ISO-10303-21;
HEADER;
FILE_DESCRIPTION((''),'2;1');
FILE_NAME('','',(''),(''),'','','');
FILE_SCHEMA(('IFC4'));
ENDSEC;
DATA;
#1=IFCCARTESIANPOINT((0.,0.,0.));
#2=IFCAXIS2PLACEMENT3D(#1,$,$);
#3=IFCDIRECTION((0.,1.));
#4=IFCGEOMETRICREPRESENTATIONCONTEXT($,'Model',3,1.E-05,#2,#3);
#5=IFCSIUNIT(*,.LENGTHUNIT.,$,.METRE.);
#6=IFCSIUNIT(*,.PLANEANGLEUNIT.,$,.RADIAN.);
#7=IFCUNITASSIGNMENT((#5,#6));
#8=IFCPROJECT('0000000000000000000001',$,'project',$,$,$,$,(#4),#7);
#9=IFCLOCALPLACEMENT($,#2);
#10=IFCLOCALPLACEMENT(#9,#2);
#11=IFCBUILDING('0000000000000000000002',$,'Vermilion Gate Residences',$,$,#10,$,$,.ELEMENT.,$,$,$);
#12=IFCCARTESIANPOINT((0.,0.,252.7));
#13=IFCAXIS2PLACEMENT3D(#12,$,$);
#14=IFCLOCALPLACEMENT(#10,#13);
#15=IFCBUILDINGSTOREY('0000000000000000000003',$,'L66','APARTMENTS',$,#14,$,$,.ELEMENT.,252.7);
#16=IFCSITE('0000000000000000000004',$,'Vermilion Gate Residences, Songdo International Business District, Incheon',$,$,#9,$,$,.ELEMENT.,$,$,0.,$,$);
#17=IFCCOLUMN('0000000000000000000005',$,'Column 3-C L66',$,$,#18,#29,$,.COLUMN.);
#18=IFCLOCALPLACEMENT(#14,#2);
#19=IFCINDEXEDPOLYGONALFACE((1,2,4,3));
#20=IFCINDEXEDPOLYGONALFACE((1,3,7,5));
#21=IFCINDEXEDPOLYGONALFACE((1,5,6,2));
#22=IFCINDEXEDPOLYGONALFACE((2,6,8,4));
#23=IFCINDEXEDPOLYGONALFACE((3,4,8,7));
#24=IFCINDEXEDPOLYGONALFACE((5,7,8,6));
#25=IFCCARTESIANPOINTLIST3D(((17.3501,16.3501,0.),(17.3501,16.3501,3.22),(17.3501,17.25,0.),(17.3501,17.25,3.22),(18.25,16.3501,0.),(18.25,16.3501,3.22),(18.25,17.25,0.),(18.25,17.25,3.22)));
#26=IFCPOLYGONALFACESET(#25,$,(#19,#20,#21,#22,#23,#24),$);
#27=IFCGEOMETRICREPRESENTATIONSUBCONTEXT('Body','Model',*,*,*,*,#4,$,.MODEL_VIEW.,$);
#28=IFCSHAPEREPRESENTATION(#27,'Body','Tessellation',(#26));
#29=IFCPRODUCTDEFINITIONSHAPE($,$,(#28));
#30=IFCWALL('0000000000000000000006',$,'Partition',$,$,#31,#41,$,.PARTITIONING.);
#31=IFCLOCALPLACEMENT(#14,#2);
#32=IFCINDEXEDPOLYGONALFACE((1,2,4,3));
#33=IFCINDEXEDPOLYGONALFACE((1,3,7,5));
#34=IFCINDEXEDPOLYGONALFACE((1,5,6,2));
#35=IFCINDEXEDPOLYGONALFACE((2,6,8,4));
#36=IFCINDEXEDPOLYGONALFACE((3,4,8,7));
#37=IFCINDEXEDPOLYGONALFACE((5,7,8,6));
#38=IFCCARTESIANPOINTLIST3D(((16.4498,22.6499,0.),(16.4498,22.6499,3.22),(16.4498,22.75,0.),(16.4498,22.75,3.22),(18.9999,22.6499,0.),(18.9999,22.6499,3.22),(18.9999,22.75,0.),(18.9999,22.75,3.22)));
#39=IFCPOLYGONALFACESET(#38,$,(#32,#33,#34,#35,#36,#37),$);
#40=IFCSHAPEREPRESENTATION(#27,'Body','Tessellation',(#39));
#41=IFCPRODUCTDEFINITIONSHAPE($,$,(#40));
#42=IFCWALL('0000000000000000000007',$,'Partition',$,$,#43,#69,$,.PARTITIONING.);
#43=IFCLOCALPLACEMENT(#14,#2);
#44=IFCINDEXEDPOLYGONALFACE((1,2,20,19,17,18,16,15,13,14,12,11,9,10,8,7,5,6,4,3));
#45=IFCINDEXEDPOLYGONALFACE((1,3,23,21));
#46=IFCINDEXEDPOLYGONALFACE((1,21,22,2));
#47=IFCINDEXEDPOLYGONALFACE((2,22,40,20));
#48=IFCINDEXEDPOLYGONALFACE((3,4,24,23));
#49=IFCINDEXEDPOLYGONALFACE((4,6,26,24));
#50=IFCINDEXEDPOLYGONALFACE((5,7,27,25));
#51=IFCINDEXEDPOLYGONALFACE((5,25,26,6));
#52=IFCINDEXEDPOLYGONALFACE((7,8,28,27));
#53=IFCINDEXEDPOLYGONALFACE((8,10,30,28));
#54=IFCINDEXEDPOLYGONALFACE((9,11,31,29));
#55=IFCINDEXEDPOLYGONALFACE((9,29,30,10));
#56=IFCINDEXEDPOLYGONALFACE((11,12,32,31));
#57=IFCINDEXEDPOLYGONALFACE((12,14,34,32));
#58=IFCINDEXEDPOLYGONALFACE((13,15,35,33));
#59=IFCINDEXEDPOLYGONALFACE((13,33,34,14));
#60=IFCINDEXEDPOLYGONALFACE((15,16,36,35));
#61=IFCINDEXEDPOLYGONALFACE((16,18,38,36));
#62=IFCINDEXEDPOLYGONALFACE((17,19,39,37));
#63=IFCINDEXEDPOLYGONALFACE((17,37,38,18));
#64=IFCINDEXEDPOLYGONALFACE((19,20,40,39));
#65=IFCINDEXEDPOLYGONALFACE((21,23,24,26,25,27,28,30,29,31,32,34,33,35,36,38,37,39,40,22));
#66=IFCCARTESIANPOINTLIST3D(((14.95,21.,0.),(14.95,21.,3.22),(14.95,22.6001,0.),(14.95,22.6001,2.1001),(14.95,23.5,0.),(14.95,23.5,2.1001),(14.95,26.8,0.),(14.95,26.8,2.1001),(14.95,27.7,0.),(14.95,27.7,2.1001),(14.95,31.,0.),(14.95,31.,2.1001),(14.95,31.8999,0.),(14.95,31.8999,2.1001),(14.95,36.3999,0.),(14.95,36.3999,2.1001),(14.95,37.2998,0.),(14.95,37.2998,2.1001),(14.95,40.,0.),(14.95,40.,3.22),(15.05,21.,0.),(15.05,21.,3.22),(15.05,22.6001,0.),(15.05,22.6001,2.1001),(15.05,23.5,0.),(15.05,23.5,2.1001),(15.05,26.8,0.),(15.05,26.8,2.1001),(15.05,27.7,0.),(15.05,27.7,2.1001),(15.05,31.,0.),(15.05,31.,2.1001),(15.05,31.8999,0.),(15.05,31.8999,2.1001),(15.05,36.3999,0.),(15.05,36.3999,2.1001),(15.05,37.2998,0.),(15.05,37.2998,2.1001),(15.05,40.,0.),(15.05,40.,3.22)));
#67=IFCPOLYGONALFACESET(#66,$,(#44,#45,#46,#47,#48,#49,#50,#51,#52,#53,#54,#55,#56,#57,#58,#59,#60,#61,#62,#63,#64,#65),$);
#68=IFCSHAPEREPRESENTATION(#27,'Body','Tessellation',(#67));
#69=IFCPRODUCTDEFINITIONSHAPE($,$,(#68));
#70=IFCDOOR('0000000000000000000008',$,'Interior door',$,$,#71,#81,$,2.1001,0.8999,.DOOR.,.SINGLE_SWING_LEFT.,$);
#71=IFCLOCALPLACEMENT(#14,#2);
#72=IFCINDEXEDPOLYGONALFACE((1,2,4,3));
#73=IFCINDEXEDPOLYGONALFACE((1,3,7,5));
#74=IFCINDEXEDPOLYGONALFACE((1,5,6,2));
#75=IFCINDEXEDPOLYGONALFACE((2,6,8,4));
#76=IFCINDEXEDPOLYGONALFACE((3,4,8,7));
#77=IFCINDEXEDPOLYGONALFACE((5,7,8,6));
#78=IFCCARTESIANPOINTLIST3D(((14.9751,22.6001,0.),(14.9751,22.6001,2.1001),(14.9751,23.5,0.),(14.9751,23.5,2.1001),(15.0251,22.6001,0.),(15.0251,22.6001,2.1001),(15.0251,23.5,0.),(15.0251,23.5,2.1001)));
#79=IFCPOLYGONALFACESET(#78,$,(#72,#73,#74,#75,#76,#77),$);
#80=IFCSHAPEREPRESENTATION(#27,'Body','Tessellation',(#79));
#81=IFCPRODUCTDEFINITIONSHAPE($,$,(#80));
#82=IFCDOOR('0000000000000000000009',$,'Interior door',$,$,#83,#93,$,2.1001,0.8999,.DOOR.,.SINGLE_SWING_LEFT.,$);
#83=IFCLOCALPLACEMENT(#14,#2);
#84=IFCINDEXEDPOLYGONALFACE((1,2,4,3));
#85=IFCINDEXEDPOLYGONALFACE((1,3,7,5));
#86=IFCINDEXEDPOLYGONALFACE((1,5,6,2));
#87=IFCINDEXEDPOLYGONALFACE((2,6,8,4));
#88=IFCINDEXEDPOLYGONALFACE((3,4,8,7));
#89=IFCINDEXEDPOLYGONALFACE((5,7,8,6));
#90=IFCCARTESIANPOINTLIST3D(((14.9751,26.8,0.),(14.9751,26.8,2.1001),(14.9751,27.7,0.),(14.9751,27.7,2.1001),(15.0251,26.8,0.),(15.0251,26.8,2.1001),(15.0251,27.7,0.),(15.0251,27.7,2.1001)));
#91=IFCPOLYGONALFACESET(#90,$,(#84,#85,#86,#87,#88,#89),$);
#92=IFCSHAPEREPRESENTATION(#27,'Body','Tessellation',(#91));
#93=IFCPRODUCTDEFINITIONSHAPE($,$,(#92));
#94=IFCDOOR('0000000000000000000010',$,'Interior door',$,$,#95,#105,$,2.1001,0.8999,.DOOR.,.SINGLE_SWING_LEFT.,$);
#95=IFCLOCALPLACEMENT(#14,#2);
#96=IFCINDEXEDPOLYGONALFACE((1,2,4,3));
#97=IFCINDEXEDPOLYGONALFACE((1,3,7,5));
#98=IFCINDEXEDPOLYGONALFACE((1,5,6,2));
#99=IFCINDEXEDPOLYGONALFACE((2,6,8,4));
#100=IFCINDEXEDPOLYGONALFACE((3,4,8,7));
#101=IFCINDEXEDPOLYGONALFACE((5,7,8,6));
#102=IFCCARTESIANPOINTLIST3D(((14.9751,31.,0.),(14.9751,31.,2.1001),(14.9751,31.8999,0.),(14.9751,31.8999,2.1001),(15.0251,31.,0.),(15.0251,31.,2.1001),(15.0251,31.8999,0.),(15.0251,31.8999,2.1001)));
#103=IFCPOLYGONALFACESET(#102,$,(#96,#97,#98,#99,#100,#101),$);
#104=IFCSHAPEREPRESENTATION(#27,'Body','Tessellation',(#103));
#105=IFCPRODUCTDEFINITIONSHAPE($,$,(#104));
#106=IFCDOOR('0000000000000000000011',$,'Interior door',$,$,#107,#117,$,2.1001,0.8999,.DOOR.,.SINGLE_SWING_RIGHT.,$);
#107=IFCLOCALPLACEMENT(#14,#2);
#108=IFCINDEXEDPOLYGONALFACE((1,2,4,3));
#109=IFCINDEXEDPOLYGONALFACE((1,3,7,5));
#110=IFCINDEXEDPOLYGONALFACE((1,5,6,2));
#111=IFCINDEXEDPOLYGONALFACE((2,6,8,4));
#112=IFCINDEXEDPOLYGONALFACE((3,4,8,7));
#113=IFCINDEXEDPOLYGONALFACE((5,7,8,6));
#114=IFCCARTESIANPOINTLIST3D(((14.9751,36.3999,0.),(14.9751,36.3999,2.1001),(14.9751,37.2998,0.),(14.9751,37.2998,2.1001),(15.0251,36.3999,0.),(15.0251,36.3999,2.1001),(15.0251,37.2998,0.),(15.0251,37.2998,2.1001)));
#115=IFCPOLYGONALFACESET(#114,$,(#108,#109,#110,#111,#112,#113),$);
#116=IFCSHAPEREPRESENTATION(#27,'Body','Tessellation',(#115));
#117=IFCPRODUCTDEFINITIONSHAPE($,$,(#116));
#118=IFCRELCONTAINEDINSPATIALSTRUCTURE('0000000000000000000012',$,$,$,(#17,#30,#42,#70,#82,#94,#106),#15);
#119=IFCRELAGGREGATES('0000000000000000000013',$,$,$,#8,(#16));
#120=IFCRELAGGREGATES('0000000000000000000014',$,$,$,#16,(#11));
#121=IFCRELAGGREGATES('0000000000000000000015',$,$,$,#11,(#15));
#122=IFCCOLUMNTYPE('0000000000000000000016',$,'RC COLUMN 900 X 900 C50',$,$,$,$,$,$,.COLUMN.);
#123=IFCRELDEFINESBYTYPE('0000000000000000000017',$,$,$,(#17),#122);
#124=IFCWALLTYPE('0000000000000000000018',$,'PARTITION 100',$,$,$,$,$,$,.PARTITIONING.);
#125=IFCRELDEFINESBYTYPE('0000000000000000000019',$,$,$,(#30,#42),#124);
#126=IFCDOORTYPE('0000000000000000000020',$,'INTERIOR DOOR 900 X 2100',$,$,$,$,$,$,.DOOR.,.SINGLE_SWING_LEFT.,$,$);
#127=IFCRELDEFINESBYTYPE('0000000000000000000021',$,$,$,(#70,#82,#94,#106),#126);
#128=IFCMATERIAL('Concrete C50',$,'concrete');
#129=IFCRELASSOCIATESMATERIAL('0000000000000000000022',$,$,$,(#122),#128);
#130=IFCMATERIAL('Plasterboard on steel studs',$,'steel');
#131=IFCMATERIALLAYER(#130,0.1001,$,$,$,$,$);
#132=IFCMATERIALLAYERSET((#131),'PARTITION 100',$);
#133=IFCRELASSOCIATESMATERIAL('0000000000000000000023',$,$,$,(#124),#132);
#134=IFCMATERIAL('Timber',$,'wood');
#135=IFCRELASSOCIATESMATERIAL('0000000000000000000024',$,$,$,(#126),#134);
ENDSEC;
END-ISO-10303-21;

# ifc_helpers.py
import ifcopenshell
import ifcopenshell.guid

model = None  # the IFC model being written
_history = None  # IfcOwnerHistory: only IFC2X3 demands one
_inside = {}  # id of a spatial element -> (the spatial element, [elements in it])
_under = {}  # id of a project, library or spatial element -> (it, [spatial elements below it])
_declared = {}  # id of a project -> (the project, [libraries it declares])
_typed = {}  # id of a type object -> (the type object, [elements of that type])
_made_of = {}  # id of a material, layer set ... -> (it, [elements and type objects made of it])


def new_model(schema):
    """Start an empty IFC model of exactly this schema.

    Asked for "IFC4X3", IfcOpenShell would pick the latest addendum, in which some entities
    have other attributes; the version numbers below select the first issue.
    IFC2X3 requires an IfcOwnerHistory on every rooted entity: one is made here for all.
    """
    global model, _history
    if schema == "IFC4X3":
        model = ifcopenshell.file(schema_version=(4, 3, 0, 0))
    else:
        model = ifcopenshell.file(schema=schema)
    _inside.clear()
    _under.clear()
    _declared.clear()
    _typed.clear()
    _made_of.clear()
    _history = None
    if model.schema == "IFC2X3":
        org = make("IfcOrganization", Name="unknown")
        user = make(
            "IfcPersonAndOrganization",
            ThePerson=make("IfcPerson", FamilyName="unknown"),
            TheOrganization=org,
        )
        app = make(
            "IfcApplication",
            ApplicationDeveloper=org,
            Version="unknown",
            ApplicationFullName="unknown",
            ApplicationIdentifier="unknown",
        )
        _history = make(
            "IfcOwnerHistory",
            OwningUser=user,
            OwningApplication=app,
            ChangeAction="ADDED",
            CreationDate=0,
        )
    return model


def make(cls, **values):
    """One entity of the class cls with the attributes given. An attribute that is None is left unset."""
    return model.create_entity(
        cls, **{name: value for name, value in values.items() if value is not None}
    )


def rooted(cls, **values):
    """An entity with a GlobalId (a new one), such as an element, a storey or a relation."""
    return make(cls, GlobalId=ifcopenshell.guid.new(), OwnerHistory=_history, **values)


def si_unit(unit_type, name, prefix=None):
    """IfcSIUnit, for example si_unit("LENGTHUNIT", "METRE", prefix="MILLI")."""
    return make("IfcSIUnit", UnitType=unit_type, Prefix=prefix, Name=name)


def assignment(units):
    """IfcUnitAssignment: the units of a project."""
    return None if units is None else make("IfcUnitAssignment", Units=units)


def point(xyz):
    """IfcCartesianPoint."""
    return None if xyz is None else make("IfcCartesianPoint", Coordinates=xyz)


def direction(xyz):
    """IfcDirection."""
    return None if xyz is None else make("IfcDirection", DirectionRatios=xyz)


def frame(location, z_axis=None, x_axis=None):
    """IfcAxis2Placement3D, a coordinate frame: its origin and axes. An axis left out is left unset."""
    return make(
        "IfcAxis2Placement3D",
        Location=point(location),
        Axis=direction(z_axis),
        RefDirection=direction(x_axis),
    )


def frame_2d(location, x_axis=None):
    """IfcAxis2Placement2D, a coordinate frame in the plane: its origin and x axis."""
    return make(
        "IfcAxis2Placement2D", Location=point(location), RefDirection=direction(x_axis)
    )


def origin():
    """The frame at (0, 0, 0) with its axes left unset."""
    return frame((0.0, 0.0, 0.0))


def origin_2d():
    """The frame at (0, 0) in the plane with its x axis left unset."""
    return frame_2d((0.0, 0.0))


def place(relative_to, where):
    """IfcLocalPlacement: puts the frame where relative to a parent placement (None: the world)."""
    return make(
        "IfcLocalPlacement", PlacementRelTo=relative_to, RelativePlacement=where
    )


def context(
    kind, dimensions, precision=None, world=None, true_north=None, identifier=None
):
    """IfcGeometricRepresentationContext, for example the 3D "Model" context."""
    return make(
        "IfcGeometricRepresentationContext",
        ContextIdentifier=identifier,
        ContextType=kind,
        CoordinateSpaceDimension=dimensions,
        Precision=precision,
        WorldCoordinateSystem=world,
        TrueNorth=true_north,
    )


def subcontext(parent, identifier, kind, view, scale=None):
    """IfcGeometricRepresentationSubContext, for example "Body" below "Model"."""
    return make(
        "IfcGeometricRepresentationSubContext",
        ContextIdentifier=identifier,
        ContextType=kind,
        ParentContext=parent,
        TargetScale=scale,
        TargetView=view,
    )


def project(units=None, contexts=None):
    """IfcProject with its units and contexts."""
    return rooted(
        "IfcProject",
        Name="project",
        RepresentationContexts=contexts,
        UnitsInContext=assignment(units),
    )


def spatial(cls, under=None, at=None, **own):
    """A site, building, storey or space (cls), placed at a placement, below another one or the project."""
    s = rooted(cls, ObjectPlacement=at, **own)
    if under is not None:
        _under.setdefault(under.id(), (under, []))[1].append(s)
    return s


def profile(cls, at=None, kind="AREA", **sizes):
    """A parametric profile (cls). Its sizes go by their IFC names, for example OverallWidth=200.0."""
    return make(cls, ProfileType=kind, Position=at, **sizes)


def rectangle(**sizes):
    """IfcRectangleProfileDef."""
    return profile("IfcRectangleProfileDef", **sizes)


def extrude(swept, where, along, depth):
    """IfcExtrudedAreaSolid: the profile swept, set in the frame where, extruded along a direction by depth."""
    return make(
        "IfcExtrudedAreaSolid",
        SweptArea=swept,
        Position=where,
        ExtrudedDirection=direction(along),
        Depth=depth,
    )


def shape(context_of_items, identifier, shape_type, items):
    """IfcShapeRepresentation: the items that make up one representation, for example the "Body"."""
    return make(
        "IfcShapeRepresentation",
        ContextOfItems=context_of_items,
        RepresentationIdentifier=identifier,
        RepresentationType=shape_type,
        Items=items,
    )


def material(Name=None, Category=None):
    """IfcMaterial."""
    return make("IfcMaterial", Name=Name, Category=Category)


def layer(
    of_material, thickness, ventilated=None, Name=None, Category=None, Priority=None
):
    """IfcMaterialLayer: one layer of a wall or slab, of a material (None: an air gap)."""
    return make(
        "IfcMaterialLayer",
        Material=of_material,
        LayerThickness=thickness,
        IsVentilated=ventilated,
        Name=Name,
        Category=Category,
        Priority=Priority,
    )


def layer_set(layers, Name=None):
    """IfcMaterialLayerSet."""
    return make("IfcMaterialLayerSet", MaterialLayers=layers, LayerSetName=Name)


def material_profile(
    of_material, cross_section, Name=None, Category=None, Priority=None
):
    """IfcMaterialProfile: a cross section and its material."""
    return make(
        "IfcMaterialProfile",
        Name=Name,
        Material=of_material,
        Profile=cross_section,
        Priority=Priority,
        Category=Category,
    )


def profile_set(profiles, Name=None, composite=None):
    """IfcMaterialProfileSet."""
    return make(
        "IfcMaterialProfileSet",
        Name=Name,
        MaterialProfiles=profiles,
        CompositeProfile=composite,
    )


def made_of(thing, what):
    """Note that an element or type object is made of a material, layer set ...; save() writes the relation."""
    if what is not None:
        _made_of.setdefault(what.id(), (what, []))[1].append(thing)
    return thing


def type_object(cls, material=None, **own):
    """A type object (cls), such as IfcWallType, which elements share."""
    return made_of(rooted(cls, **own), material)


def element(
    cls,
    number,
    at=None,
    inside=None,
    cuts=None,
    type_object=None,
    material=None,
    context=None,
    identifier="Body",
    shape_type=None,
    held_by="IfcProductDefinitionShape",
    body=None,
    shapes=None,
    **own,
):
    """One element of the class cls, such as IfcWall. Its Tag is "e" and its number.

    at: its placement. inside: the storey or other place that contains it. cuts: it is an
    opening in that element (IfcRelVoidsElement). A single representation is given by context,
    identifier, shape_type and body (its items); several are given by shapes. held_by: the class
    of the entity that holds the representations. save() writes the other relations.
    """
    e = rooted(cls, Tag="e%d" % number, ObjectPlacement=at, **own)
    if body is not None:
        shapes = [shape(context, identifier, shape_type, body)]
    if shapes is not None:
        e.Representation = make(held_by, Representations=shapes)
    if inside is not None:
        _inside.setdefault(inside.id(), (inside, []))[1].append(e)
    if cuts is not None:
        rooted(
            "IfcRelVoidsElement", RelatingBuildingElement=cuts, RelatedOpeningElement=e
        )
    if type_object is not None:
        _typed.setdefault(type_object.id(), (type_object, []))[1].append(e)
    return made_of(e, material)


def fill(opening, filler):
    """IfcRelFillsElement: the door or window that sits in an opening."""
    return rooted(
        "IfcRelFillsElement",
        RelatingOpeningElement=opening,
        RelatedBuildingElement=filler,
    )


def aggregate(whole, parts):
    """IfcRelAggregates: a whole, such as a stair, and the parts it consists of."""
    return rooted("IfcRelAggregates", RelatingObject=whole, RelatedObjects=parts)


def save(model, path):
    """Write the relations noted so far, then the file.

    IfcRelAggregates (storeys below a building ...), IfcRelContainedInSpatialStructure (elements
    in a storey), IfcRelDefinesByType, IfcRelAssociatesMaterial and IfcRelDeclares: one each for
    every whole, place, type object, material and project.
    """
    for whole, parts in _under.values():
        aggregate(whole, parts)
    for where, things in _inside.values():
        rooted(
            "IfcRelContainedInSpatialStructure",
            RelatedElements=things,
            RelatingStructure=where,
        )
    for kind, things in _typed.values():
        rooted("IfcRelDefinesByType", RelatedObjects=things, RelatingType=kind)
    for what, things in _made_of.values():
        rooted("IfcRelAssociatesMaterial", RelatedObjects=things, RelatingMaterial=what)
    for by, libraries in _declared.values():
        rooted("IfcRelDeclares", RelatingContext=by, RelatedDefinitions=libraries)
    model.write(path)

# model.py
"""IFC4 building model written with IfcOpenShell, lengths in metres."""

from ifc_helpers import new_model, si_unit, direction, frame, frame_2d, origin, origin_2d, place, context, subcontext, project, spatial, rectangle, extrude, material, layer, layer_set, material_profile, profile_set, type_object, element, fill, save


model = new_model("IFC4")

# Units and contexts
model_context = context("Model", 3, precision=1e-05, world=origin(), true_north=direction((0.0, 1.0)))
body_context = subcontext(model_context, "Body", "Model", "MODEL_VIEW")
ifc_project = project(units=[si_unit("LENGTHUNIT", "METRE"), si_unit("PLANEANGLEUNIT", "RADIAN")], contexts=[model_context])

# Site, building, storey
site_placement = place(None, origin())
site = spatial("IfcSite", under=ifc_project, at=site_placement, Name="Vermilion Gate Residences, Songdo International Business District, Incheon", CompositionType="ELEMENT", RefElevation=0.0)
building_placement = place(site_placement, origin())
building = spatial("IfcBuilding", under=site, at=building_placement, Name="Vermilion Gate Residences", CompositionType="ELEMENT")
storey_placement = place(building_placement, frame((0.0, 0.0, 252.7)))
storey = spatial("IfcBuildingStorey", under=building, at=storey_placement, Name="L66", Description="APARTMENTS", CompositionType="ELEMENT", Elevation=252.7)

# Column
ifc_material_1 = material(Name="Concrete C50", Category="concrete")
ifc_material_profile = material_profile(ifc_material_1, rectangle(XDim=0.8999, YDim=0.8999, at=origin_2d()), Name="RC-900x900")
ifc_profile_set = profile_set([ifc_material_profile], Name="Concrete C50")
column_type = type_object("IfcColumnType", Name="RC COLUMN 900 X 900 C50", PredefinedType="COLUMN", material=ifc_profile_set)
column_placement = place(storey_placement, frame((17.8, 16.8, 0.0), z_axis=(0.0, 0.0, 1.0), x_axis=(1.0, 0.0, 0.0)))
element("IfcColumn", 1, at=column_placement, inside=storey, type_object=column_type, Name="Column 3-C L66", PredefinedType="COLUMN", context=body_context, shape_type="SweptSolid", body=[
    extrude(rectangle(XDim=0.8999, YDim=0.8999, at=origin_2d()), origin(), (0.0, 0.0, 1.0), 3.22),
])

# Wall
ifc_material_2 = material(Name="Plasterboard on steel studs", Category="steel")
ifc_layer_1 = layer(ifc_material_2, 0.1001)
ifc_layer_set_1 = layer_set([ifc_layer_1], Name="PARTITION 100")
wall_type_1 = type_object("IfcWallType", Name="PARTITION 100", PredefinedType="PARTITIONING", material=ifc_layer_set_1)
wall_1_placement = place(storey_placement, frame((16.45, 22.7, 0.0), z_axis=(0.0, 0.0, 1.0), x_axis=(1.0, 0.0, 0.0)))
element("IfcWall", 2, at=wall_1_placement, inside=storey, type_object=wall_type_1, Name="Partition", PredefinedType="PARTITIONING", context=body_context, shape_type="SweptSolid", body=[
    extrude(rectangle(XDim=2.55, YDim=0.1001, at=frame_2d((1.2749, 0.0))), origin(), (0.0, 0.0, 1.0), 3.22),
])

# Wall, openings, doors
wall_2_placement = place(storey_placement, frame((15.0, 21.0, 0.0), z_axis=(0.0, 0.0, 1.0), x_axis=(0.0, 1.0, 0.0)))
wall_2 = element("IfcWall", 3, at=wall_2_placement, inside=storey, type_object=wall_type_1, Name="Partition", PredefinedType="PARTITIONING", context=body_context, shape_type="SweptSolid", body=[
    extrude(rectangle(XDim=19.0, YDim=0.1001, at=frame_2d((9.5, 0.0))), origin(), (0.0, 0.0, 1.0), 3.22),
])
opening_1_placement = place(wall_2_placement, frame((1.6001, 0.0, 0.0)))
opening_1 = element("IfcOpeningElement", 4, at=opening_1_placement, cuts=wall_2, PredefinedType="OPENING", context=body_context, shape_type="SweptSolid", body=[
    extrude(rectangle(XDim=0.8999, YDim=2.1001, at=frame_2d((0.45, 1.05))), frame((0.0, 0.0601, 0.0), z_axis=(0.0, -1.0, 0.0), x_axis=(1.0, 0.0, 0.0)), (0.0, 0.0, 1.0), 0.1201),
])
opening_2_placement = place(wall_2_placement, frame((5.8, 0.0, 0.0)))
opening_2 = element("IfcOpeningElement", 5, at=opening_2_placement, cuts=wall_2, PredefinedType="OPENING", context=body_context, shape_type="SweptSolid", body=[
    extrude(rectangle(XDim=0.8999, YDim=2.1001, at=frame_2d((0.45, 1.05))), frame((0.0, 0.0601, 0.0), z_axis=(0.0, -1.0, 0.0), x_axis=(1.0, 0.0, 0.0)), (0.0, 0.0, 1.0), 0.1201),
])
opening_3_placement = place(wall_2_placement, frame((10.0, 0.0, 0.0)))
opening_3 = element("IfcOpeningElement", 6, at=opening_3_placement, cuts=wall_2, PredefinedType="OPENING", context=body_context, shape_type="SweptSolid", body=[
    extrude(rectangle(XDim=0.8999, YDim=2.1001, at=frame_2d((0.45, 1.05))), frame((0.0, 0.0601, 0.0), z_axis=(0.0, -1.0, 0.0), x_axis=(1.0, 0.0, 0.0)), (0.0, 0.0, 1.0), 0.1201),
])
opening_4_placement = place(wall_2_placement, frame((15.3999, 0.0, 0.0)))
opening_4 = element("IfcOpeningElement", 7, at=opening_4_placement, cuts=wall_2, PredefinedType="OPENING", context=body_context, shape_type="SweptSolid", body=[
    extrude(rectangle(XDim=0.8999, YDim=2.1001, at=frame_2d((0.45, 1.05))), frame((0.0, 0.0601, 0.0), z_axis=(0.0, -1.0, 0.0), x_axis=(1.0, 0.0, 0.0)), (0.0, 0.0, 1.0), 0.1201),
])
ifc_material_3 = material(Name="Timber", Category="wood")
door_type_1 = type_object("IfcDoorType", Name="INTERIOR DOOR 900 X 2100", OperationType="SINGLE_SWING_LEFT", PredefinedType="DOOR", material=ifc_material_3)
door_1_placement = place(opening_1_placement, origin())
door_1 = element("IfcDoor", 8, at=door_1_placement, inside=storey, type_object=door_type_1, Name="Interior door", OperationType="SINGLE_SWING_LEFT", OverallHeight=2.1001, OverallWidth=0.8999, PredefinedType="DOOR", context=body_context, shape_type="SweptSolid", body=[
    extrude(rectangle(XDim=0.8999, YDim=2.1001, at=frame_2d((0.45, 1.05))), frame((0.0, 0.0249, 0.0), z_axis=(0.0, -1.0, 0.0), x_axis=(1.0, 0.0, 0.0)), (0.0, 0.0, 1.0), 0.05),
])
fill(opening_1, door_1)
door_2_placement = place(opening_2_placement, origin())
door_2 = element("IfcDoor", 9, at=door_2_placement, inside=storey, type_object=door_type_1, Name="Interior door", OperationType="SINGLE_SWING_LEFT", OverallHeight=2.1001, OverallWidth=0.8999, PredefinedType="DOOR", context=body_context, shape_type="SweptSolid", body=[
    extrude(rectangle(XDim=0.8999, YDim=2.1001, at=frame_2d((0.45, 1.05))), frame((0.0, 0.0249, 0.0), z_axis=(0.0, -1.0, 0.0), x_axis=(1.0, 0.0, 0.0)), (0.0, 0.0, 1.0), 0.05),
])
fill(opening_2, door_2)
door_3_placement = place(opening_3_placement, origin())
door_3 = element("IfcDoor", 10, at=door_3_placement, inside=storey, type_object=door_type_1, Name="Interior door", OperationType="SINGLE_SWING_LEFT", OverallHeight=2.1001, OverallWidth=0.8999, PredefinedType="DOOR", context=body_context, shape_type="SweptSolid", body=[
    extrude(rectangle(XDim=0.8999, YDim=2.1001, at=frame_2d((0.45, 1.05))), frame((0.0, 0.0249, 0.0), z_axis=(0.0, -1.0, 0.0), x_axis=(1.0, 0.0, 0.0)), (0.0, 0.0, 1.0), 0.05),
])
fill(opening_3, door_3)
door_4_placement = place(opening_4_placement, origin())
door_4 = element("IfcDoor", 11, at=door_4_placement, inside=storey, type_object=door_type_1, Name="Interior door", OperationType="SINGLE_SWING_RIGHT", OverallHeight=2.1001, OverallWidth=0.8999, PredefinedType="DOOR", context=body_context, shape_type="SweptSolid", body=[
    extrude(rectangle(XDim=0.8999, YDim=2.1001, at=frame_2d((0.45, 1.05))), frame((0.0, 0.0249, 0.0), z_axis=(0.0, -1.0, 0.0), x_axis=(1.0, 0.0, 0.0)), (0.0, 0.0, 1.0), 0.05),
])
fill(opening_4, door_4)

save(model, "model.ifc")
